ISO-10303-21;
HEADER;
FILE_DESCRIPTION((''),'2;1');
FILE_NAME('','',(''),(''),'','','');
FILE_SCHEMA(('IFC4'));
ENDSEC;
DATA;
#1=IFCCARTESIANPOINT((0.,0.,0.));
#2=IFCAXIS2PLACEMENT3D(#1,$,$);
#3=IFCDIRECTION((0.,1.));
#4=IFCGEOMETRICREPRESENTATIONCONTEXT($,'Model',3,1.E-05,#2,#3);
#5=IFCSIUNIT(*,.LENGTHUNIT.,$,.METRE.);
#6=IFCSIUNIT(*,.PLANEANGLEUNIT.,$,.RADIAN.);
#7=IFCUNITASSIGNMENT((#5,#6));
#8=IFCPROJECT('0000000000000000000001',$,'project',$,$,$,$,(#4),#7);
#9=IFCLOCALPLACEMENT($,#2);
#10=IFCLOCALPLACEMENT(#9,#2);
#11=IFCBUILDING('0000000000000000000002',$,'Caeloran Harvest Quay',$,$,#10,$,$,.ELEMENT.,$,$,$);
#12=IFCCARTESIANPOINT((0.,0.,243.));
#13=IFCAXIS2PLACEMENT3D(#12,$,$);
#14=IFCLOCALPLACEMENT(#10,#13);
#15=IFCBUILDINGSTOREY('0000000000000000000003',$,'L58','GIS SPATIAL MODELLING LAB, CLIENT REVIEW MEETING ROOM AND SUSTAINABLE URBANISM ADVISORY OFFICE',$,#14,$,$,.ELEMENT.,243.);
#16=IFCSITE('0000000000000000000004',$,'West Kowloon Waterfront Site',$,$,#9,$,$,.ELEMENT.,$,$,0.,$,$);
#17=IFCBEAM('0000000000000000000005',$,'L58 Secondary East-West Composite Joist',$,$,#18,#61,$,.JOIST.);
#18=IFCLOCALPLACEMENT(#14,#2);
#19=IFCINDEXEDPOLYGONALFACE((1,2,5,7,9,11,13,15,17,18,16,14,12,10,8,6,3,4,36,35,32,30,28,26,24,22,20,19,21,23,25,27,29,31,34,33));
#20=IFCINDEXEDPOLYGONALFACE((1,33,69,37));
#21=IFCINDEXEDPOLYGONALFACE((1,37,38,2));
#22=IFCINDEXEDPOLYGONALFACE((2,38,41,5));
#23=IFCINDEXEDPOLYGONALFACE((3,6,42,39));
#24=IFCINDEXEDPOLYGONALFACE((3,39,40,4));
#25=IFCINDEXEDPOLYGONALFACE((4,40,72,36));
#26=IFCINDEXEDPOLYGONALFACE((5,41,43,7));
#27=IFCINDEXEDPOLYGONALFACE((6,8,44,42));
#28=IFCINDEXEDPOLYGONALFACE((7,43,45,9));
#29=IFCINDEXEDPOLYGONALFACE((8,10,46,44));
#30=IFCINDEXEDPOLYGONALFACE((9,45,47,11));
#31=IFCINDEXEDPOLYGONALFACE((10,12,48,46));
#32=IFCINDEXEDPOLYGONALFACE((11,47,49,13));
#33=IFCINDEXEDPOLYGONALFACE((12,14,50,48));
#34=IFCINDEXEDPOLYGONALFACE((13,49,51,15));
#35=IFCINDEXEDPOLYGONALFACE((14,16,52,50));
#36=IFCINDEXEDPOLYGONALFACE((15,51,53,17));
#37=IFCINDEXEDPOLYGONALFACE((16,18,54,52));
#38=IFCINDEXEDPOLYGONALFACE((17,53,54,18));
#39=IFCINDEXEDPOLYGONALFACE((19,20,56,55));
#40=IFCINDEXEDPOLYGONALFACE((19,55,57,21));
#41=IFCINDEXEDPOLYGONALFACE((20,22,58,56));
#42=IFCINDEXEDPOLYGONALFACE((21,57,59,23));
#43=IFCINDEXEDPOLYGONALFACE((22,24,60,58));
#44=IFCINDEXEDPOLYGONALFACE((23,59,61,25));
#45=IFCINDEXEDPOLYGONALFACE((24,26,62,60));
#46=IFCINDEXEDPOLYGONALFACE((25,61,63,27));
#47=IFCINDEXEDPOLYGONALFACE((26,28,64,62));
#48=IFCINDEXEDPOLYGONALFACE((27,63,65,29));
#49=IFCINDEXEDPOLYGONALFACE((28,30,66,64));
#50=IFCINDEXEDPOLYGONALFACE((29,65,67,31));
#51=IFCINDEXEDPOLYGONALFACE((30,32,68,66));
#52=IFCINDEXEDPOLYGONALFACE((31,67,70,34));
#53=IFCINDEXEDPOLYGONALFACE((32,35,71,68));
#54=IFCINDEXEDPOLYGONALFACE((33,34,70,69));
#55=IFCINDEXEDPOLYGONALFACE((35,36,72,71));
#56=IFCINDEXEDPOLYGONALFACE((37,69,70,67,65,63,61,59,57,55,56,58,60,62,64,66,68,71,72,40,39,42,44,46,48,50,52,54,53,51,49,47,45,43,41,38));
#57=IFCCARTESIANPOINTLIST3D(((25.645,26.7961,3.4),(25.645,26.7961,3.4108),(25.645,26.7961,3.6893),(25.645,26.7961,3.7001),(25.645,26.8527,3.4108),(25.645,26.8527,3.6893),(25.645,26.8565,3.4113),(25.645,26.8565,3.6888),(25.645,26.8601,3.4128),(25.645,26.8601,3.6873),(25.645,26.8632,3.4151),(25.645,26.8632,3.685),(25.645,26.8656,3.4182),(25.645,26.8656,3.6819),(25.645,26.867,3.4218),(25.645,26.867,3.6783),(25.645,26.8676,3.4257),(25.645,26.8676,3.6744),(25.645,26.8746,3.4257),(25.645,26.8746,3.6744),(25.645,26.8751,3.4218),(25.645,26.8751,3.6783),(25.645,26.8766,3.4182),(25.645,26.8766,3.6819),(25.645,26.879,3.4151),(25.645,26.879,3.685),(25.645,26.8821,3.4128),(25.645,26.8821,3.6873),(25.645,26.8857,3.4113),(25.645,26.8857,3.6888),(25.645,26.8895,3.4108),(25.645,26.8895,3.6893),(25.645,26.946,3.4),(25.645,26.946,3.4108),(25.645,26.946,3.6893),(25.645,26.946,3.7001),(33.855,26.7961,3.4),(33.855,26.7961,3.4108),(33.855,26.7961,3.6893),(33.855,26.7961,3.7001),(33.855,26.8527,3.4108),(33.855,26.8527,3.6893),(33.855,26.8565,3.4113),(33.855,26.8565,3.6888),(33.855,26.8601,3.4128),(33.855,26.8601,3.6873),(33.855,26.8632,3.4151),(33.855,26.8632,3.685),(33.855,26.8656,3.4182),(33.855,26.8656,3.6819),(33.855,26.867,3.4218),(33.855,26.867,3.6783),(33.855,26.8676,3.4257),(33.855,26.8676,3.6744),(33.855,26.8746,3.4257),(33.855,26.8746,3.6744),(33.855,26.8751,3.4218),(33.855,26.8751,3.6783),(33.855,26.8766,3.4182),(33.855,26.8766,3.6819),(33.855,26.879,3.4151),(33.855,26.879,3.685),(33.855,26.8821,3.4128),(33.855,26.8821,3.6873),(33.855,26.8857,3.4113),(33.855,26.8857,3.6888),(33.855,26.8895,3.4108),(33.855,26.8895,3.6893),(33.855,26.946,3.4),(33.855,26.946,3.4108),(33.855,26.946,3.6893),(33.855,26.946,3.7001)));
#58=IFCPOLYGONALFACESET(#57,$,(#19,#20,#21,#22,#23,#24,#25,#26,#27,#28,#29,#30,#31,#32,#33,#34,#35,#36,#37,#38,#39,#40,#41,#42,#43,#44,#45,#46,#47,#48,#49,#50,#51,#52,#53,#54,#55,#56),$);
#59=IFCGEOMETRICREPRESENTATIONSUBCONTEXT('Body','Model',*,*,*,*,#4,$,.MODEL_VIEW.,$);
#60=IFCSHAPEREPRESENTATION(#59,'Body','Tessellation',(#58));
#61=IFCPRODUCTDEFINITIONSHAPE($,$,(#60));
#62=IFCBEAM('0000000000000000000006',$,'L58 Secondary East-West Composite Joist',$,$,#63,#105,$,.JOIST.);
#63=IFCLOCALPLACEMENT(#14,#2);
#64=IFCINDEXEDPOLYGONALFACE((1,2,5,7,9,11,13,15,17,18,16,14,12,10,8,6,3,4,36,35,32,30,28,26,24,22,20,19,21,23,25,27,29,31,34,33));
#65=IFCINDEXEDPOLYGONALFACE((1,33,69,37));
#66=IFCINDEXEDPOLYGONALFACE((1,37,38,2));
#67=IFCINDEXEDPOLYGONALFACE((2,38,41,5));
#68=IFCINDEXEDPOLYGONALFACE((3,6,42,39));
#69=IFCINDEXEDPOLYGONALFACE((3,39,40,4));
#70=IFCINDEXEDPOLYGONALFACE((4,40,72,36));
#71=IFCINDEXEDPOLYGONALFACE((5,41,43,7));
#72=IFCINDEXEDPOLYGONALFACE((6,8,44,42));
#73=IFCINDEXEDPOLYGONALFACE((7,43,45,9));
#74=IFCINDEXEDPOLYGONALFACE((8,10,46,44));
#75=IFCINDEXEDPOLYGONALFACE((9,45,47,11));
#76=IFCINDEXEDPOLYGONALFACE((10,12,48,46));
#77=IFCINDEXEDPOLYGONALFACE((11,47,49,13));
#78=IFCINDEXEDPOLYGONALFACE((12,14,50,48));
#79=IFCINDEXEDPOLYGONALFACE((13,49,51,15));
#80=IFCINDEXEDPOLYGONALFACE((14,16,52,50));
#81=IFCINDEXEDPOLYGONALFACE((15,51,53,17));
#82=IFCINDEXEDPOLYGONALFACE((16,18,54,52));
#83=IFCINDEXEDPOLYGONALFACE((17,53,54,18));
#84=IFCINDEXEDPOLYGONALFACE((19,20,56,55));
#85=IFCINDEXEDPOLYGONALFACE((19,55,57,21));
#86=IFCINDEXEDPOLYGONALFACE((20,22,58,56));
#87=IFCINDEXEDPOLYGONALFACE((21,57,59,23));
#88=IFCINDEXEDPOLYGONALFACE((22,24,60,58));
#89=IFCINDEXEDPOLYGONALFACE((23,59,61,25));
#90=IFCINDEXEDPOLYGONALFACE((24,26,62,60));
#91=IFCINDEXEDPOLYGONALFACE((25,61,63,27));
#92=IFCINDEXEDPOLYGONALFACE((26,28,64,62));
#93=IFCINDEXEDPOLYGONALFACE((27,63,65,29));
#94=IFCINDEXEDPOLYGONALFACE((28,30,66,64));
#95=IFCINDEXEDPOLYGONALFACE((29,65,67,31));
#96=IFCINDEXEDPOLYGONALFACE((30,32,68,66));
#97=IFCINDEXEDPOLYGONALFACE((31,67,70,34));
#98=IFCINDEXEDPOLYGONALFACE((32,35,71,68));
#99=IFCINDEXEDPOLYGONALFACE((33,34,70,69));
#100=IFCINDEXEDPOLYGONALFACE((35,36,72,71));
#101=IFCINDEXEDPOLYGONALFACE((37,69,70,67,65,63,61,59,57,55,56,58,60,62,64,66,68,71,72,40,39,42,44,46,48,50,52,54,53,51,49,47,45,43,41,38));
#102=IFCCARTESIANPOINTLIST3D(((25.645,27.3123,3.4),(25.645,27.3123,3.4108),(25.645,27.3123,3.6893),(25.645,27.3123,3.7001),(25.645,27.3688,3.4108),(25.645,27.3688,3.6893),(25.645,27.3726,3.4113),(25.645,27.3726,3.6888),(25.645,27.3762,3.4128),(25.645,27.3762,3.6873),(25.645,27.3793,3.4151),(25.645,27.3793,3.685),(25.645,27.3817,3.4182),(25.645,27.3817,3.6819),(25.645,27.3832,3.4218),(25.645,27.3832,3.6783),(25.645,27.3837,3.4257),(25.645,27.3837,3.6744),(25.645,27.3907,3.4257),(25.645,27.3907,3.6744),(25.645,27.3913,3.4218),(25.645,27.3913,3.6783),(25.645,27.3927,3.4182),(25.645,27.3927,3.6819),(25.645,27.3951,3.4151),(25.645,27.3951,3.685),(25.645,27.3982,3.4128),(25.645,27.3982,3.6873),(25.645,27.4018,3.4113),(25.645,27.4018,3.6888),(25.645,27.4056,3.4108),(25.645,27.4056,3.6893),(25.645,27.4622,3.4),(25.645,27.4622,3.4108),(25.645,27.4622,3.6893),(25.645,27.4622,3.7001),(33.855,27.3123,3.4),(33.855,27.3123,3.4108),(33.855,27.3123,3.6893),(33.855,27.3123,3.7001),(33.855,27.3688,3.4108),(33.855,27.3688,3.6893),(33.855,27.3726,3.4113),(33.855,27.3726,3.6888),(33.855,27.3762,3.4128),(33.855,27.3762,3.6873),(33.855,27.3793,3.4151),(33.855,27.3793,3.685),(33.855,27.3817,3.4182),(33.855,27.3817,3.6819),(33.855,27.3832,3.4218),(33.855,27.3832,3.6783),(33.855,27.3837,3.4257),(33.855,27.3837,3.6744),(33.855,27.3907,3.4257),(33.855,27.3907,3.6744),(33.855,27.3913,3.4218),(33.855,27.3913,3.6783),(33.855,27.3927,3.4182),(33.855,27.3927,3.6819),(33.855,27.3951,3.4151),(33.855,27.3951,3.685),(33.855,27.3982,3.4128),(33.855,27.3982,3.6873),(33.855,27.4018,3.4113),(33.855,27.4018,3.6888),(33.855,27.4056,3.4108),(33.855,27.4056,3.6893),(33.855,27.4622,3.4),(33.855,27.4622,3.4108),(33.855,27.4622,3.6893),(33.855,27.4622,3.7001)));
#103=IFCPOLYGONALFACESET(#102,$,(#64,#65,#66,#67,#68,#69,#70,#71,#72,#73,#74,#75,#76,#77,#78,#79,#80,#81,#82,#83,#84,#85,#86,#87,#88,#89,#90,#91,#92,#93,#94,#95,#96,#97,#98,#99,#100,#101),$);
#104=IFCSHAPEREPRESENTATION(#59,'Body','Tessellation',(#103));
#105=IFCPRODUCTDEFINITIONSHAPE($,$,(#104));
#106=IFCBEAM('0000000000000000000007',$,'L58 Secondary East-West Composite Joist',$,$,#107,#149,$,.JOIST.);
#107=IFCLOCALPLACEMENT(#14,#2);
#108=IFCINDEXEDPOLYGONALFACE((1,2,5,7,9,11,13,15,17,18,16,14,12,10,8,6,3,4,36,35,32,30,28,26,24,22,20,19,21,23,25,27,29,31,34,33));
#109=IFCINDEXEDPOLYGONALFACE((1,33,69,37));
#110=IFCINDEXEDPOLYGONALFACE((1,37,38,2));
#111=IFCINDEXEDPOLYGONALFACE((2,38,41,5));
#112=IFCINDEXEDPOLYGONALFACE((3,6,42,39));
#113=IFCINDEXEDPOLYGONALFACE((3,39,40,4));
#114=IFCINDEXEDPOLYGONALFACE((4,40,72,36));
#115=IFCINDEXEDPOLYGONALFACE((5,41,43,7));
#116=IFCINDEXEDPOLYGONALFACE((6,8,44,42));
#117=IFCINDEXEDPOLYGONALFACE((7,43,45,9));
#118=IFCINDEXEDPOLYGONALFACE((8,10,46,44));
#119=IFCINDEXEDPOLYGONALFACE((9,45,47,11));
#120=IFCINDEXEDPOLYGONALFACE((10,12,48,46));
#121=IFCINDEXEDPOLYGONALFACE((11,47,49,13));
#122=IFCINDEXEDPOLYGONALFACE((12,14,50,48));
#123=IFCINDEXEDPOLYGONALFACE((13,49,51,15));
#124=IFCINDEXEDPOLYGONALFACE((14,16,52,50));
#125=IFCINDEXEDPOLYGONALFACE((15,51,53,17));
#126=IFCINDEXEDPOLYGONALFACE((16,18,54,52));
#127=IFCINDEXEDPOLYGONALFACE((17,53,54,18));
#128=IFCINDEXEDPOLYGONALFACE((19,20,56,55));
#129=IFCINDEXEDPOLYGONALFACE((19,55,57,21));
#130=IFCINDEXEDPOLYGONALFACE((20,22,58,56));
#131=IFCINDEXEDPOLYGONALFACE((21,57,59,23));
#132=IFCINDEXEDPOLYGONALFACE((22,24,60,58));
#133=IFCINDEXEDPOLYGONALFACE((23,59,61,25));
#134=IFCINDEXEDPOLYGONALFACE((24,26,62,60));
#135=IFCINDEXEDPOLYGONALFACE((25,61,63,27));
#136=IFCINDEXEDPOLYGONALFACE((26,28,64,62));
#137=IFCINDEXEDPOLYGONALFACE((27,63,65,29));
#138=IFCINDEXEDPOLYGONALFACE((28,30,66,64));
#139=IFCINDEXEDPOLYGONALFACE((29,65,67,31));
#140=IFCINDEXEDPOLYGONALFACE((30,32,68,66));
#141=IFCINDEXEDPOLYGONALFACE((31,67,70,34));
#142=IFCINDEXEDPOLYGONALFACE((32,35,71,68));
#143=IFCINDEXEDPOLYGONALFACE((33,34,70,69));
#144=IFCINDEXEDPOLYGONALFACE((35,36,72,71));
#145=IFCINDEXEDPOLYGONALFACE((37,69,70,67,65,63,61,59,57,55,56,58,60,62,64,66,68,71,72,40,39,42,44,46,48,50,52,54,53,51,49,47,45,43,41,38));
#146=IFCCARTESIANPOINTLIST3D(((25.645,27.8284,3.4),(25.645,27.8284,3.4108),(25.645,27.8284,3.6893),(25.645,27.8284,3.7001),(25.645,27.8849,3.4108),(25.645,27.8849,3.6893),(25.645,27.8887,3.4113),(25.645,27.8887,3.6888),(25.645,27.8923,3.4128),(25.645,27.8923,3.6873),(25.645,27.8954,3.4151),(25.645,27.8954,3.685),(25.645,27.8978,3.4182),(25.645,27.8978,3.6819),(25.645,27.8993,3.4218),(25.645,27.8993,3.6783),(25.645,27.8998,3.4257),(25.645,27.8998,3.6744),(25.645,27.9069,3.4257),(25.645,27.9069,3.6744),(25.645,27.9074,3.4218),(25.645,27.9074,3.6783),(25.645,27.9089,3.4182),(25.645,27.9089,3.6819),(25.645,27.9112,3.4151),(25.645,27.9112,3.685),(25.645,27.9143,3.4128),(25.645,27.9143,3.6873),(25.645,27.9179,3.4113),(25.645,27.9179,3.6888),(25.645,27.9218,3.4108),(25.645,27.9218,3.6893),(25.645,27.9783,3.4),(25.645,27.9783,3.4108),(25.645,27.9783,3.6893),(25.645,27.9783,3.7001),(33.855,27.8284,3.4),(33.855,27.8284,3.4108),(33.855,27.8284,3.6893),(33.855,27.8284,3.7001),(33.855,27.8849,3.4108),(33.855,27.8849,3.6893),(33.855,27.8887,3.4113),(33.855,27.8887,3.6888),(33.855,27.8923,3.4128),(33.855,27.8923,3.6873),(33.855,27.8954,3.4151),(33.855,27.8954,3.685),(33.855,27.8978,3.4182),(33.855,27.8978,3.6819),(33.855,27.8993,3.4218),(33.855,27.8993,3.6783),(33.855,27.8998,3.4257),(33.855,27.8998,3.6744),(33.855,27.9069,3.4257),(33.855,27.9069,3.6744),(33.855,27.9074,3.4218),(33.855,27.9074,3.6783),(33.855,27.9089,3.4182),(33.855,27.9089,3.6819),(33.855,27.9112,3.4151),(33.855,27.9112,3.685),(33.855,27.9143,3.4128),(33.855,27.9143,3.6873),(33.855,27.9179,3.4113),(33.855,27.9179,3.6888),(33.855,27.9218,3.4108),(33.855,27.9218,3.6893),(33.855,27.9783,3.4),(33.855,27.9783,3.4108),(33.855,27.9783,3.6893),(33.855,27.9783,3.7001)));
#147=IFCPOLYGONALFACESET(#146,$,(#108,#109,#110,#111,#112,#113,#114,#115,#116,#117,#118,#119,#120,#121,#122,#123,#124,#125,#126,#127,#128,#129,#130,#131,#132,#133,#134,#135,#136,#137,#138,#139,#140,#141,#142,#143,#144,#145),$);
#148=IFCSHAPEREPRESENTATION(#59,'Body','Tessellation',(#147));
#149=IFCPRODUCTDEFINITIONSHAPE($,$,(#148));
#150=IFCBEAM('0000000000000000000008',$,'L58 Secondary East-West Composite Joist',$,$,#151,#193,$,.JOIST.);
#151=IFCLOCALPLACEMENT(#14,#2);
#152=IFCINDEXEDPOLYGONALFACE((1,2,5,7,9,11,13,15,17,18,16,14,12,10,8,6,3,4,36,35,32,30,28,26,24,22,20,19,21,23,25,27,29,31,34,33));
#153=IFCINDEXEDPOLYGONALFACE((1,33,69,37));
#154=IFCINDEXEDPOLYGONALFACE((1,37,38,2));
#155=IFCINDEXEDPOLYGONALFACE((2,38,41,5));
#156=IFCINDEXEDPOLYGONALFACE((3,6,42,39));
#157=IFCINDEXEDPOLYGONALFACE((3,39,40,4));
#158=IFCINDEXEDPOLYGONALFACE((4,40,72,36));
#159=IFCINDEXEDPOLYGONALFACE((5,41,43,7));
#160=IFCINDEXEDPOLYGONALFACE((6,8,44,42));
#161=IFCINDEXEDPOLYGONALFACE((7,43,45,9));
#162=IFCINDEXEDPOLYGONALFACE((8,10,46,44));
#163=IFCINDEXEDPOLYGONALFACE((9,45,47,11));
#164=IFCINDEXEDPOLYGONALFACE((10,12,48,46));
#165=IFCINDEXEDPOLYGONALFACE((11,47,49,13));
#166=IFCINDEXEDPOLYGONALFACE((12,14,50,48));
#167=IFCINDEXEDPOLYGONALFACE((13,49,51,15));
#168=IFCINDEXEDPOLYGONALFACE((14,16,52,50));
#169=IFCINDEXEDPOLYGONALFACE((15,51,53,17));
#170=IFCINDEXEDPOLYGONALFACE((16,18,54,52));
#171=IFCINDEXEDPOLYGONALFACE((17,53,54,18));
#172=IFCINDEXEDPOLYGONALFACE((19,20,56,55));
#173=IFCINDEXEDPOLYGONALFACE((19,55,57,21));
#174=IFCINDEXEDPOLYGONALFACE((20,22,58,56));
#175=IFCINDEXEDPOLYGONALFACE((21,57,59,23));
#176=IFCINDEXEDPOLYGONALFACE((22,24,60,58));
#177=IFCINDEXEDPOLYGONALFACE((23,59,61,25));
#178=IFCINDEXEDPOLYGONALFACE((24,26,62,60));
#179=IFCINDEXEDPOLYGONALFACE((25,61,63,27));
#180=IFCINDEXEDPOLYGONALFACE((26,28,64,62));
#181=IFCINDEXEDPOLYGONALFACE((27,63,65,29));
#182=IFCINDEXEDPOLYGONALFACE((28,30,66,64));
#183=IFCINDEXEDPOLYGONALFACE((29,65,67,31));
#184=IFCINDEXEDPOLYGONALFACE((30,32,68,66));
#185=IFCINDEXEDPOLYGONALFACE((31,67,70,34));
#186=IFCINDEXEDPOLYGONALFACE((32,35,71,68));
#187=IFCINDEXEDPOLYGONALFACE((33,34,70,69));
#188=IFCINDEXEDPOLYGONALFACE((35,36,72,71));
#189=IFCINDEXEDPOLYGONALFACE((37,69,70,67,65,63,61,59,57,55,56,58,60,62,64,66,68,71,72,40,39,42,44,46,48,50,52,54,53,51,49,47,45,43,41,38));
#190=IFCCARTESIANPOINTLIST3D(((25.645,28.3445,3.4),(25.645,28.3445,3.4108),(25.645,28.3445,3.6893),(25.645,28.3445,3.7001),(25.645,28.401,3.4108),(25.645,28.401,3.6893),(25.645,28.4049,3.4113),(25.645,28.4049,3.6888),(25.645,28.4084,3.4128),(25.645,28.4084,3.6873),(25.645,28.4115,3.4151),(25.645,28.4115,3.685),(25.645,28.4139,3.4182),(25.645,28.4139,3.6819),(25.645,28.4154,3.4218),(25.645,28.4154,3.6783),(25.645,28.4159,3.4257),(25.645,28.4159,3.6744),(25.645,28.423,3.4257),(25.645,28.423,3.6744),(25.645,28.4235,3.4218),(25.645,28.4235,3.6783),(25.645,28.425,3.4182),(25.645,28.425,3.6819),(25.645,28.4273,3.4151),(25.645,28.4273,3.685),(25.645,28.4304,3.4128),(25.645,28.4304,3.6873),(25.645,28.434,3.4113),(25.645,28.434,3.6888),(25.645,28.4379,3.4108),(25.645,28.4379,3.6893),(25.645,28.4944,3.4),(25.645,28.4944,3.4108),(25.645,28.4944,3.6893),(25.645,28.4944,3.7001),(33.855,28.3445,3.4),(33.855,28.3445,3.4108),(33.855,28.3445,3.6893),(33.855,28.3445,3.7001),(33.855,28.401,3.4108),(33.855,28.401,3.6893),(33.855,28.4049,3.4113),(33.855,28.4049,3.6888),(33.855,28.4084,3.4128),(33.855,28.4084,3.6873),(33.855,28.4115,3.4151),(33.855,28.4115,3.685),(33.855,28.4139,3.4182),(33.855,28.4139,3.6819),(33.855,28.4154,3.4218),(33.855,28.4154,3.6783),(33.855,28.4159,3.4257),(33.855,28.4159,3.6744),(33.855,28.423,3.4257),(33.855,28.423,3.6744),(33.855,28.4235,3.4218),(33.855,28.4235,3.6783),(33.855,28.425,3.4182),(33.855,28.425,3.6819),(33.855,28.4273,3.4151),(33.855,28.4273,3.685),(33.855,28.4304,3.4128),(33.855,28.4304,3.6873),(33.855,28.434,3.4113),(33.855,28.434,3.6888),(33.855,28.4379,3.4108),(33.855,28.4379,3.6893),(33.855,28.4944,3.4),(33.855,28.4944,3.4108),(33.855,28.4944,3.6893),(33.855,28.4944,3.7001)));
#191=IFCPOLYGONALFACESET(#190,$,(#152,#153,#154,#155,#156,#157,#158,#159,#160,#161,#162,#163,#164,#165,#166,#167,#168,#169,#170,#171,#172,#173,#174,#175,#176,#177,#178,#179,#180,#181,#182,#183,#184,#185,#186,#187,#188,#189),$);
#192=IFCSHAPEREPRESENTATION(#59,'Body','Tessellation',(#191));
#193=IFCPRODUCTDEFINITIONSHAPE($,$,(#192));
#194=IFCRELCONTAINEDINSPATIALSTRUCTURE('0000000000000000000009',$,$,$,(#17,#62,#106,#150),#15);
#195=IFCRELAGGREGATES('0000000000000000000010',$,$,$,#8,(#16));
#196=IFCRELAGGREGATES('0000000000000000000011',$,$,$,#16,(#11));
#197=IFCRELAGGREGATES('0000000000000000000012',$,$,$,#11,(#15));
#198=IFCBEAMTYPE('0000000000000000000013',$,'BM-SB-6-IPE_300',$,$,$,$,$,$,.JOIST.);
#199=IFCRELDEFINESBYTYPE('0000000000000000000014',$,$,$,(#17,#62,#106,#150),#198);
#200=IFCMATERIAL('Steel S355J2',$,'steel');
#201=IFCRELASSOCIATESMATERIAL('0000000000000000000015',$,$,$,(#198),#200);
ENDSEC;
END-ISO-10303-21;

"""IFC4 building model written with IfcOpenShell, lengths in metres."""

from ifc_helpers import new_model, si_unit, direction, frame, origin, origin_2d, place, context, subcontext, project, spatial, i_section, extrude, material, material_profile, profile_set, type_object, element, save


model = new_model("IFC4")

# Units and contexts
model_context = context("Model", 3, precision=1e-05, world=origin(), true_north=direction((0.0, 1.0)))
body_context = subcontext(model_context, "Body", "Model", "MODEL_VIEW")
ifc_project = project(units=[si_unit("LENGTHUNIT", "METRE"), si_unit("PLANEANGLEUNIT", "RADIAN")], contexts=[model_context])

# Site, building, storey
site_placement = place(None, origin())
site = spatial("IfcSite", under=ifc_project, at=site_placement, Name="West Kowloon Waterfront Site", CompositionType="ELEMENT", RefElevation=0.0)
building_placement = place(site_placement, origin())
building = spatial("IfcBuilding", under=site, at=building_placement, Name="Caeloran Harvest Quay", CompositionType="ELEMENT")
storey_placement = place(building_placement, frame((0.0, 0.0, 243.0)))
storey = spatial("IfcBuildingStorey", under=building, at=storey_placement, Name="L58", Description="GIS SPATIAL MODELLING LAB, CLIENT REVIEW MEETING ROOM AND SUSTAINABLE URBANISM ADVISORY OFFICE", CompositionType="ELEMENT", Elevation=243.0)

# Beams
ifc_material = material(Name="Steel S355J2", Category="steel")
ifc_material_profile_1 = material_profile(ifc_material, i_section(OverallWidth=0.1499, OverallDepth=0.3, WebThickness=0.0071, FlangeThickness=0.0107, FilletRadius=0.0149, at=origin_2d()), Name="IPE 300")
ifc_profile_set_1 = profile_set([ifc_material_profile_1], Name="Steel S355J2")
beam_type_1 = type_object("IfcBeamType", Name="BM-SB-6-IPE_300", PredefinedType="JOIST", material=ifc_profile_set_1)
for number, where, z_axis, x_axis, name in (
    (1, (25.645, 26.8711, 3.55), (1.0, 0.0, 0.0), (0.0, 1.0, 0.0), "L58 Secondary East-West Composite Joist"),
    (2, (25.645, 27.3872, 3.55), (1.0, 0.0, 0.0), (0.0, 1.0, 0.0), "L58 Secondary East-West Composite Joist"),
    (3, (25.645, 27.9033, 3.55), (1.0, 0.0, 0.0), (0.0, 1.0, 0.0), "L58 Secondary East-West Composite Joist"),
    (4, (25.645, 28.4194, 3.55), (1.0, 0.0, 0.0), (0.0, 1.0, 0.0), "L58 Secondary East-West Composite Joist"),
):
    element("IfcBeam", number, at=place(storey_placement, frame(where, z_axis=z_axis, x_axis=x_axis)), inside=storey, type_object=beam_type_1, Name=name, PredefinedType="JOIST", context=body_context, shape_type="SweptSolid", body=[
        extrude(i_section(OverallWidth=0.1499, OverallDepth=0.3, WebThickness=0.0071, FlangeThickness=0.0107, FilletRadius=0.0149, at=origin_2d()), origin(), (0.0, 0.0, 1.0), 8.21),
    ])

save(model, "model.ifc")
